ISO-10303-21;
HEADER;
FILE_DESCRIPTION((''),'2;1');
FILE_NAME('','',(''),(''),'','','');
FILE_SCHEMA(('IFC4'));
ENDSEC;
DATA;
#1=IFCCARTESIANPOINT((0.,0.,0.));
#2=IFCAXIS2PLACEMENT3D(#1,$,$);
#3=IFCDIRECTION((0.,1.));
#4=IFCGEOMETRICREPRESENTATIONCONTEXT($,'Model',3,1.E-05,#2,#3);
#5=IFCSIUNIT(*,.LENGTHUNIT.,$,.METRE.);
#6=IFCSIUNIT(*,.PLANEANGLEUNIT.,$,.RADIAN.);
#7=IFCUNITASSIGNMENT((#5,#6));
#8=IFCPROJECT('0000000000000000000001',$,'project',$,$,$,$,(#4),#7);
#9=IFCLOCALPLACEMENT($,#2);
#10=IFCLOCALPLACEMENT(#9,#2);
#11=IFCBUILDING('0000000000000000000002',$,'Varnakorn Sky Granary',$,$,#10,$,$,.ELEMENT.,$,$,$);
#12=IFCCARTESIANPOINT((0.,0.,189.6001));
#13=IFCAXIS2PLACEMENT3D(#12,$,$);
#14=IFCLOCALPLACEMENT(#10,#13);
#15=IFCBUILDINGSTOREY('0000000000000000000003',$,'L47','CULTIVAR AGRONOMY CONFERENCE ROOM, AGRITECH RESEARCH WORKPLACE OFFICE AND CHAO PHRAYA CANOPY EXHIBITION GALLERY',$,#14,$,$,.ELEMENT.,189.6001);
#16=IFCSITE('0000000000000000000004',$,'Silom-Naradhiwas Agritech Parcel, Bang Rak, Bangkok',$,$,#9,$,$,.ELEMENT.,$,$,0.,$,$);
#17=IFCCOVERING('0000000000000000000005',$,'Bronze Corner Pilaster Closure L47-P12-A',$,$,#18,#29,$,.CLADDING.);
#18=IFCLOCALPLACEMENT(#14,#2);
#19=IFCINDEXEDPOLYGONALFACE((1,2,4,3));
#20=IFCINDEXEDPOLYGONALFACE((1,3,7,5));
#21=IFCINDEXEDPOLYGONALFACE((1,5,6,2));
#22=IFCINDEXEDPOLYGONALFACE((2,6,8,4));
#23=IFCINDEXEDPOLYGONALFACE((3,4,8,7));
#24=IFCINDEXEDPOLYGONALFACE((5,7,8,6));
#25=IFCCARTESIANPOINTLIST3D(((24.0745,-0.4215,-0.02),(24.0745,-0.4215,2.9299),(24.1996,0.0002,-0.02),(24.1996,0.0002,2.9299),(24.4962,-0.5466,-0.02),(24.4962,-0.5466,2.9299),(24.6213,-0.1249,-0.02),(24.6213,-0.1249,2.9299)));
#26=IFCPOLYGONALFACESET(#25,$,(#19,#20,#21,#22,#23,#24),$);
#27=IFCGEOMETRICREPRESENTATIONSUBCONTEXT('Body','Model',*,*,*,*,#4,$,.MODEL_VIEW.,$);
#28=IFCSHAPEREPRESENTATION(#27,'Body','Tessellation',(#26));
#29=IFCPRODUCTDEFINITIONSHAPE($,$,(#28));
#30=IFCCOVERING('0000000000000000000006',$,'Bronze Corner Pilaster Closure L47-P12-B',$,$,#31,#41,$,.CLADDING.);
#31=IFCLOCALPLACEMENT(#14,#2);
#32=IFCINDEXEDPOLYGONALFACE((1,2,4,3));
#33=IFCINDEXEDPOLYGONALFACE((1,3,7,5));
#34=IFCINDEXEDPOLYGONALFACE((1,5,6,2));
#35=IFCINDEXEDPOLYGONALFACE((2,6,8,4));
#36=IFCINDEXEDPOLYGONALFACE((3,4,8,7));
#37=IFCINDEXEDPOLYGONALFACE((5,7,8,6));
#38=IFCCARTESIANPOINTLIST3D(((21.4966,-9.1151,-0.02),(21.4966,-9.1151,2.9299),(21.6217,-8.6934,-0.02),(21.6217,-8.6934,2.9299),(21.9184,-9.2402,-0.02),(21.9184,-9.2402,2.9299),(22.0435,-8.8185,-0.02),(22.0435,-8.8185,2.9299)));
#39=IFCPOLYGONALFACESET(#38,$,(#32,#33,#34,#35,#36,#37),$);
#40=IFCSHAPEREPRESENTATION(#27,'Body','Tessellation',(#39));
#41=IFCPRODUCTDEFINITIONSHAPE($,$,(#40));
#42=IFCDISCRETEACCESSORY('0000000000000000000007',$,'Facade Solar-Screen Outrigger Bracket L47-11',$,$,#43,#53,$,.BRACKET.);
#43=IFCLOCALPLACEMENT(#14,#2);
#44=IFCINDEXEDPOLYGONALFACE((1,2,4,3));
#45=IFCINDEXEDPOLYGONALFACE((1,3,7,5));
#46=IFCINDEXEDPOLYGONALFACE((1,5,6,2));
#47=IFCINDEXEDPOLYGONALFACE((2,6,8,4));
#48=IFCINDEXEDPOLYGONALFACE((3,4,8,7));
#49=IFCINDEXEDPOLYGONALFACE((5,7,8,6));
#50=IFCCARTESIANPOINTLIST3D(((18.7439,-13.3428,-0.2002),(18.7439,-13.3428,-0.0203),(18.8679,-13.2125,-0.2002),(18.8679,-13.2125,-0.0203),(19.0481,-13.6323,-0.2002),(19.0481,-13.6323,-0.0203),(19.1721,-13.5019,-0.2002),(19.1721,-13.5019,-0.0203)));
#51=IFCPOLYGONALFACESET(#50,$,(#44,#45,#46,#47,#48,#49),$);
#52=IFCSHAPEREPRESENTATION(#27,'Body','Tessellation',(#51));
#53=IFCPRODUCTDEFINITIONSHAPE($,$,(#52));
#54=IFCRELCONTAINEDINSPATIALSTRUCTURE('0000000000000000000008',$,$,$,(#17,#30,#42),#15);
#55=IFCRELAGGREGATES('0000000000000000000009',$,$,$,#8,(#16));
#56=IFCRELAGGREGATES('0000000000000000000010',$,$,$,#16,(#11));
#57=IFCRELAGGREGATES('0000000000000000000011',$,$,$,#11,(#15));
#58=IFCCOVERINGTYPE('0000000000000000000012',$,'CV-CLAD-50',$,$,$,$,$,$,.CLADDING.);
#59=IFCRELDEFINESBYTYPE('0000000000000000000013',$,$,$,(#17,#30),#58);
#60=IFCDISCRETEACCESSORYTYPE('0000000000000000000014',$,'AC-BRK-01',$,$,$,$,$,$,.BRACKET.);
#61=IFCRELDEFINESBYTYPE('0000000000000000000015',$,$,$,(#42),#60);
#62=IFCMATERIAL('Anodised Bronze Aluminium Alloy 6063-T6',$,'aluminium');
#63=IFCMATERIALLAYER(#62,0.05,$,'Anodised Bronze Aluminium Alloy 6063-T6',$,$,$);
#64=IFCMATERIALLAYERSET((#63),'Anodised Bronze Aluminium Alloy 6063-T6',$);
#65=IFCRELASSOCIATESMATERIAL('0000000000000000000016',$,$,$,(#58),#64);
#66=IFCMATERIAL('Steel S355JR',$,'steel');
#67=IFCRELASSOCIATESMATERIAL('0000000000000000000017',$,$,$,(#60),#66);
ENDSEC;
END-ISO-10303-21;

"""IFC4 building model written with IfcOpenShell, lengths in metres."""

from ifc_helpers import new_model, si_unit, direction, frame, origin, origin_2d, place, context, subcontext, project, spatial, rectangle, extrude, source, transform, mapped, material, layer, layer_set, type_object, type_shapes, element, save


model = new_model("IFC4")

# Units and contexts
model_context = context("Model", 3, precision=1e-05, world=origin(), true_north=direction((0.0, 1.0)))
body_context = subcontext(model_context, "Body", "Model", "MODEL_VIEW")
ifc_project = project(units=[si_unit("LENGTHUNIT", "METRE"), si_unit("PLANEANGLEUNIT", "RADIAN")], contexts=[model_context])

# Site, building, storey
site_placement = place(None, origin())
site = spatial("IfcSite", under=ifc_project, at=site_placement, Name="Silom-Naradhiwas Agritech Parcel, Bang Rak, Bangkok", CompositionType="ELEMENT", RefElevation=0.0)
building_placement = place(site_placement, origin())
building = spatial("IfcBuilding", under=site, at=building_placement, Name="Varnakorn Sky Granary", CompositionType="ELEMENT")
storey_placement = place(building_placement, frame((0.0, 0.0, 189.6001)))
storey = spatial("IfcBuildingStorey", under=building, at=storey_placement, Name="L47", Description="CULTIVAR AGRONOMY CONFERENCE ROOM, AGRITECH RESEARCH WORKPLACE OFFICE AND CHAO PHRAYA CANOPY EXHIBITION GALLERY", CompositionType="ELEMENT", Elevation=189.6001)

# Shared definitions
ifc_material_1 = material(Name="Steel S355JR", Category="steel")

# Shared definitions
ifc_material_2 = material(Name="Anodised Bronze Aluminium Alloy 6063-T6", Category="aluminium")

# Coverings
ifc_layer_1 = layer(ifc_material_2, 0.05, Name="Anodised Bronze Aluminium Alloy 6063-T6")
ifc_layer_set_1 = layer_set([ifc_layer_1], Name="Anodised Bronze Aluminium Alloy 6063-T6")
covering_type = type_object("IfcCoveringType", Name="CV-CLAD-50", PredefinedType="CLADDING", material=ifc_layer_set_1)
shared_shape_1 = source(origin(), body_context, "Body", "SweptSolid", [
    extrude(rectangle(XDim=0.4399, YDim=0.4399, at=origin_2d()), origin(), (0.0, 0.0, 1.0), 2.95),
])
type_shapes(covering_type, [shared_shape_1])
for number, where, z_axis, x_axis, name in (
    (1, (24.3479, -0.2732, -0.02), (0.0, 0.0, 1.0), (-0.28435, -0.958721, 0.0), "Bronze Corner Pilaster Closure L47-P12-A"),
    (2, (21.77, -8.9668, -0.02), (0.0, 0.0, 1.0), (-0.28435, -0.958721, 0.0), "Bronze Corner Pilaster Closure L47-P12-B"),
):
    element("IfcCovering", number, at=place(storey_placement, frame(where, z_axis=z_axis, x_axis=x_axis)), inside=storey, type_object=covering_type, Name=name, PredefinedType="CLADDING", context=body_context, shape_type="MappedRepresentation", body=[
        mapped(shared_shape_1, transform((0.0, 0.0, 0.0), x_axis=(1.0, 0.0, 0.0), y_axis=(0.0, 1.0, 0.0), z_axis=(0.0, 0.0, 1.0), scale=1.0)),
    ])

# Discrete accessory
discrete_accessory_type = type_object("IfcDiscreteAccessoryType", Name="AC-BRK-01", PredefinedType="BRACKET", material=ifc_material_1)
shared_shape_2 = source(origin(), body_context, "Body", "SweptSolid", [
    extrude(rectangle(XDim=0.1799, YDim=0.4199, at=origin_2d()), origin(), (0.0, 0.0, 1.0), 0.1799),
])
type_shapes(discrete_accessory_type, [shared_shape_2])
discrete_accessory_placement = place(storey_placement, frame((18.958, -13.4224, -0.2002), z_axis=(0.0, 0.0, 1.0), x_axis=(0.689278, 0.724497, 0.0)))
element("IfcDiscreteAccessory", 3, at=discrete_accessory_placement, inside=storey, type_object=discrete_accessory_type, Name="Facade Solar-Screen Outrigger Bracket L47-11", PredefinedType="BRACKET", context=body_context, shape_type="MappedRepresentation", body=[
    mapped(shared_shape_2, transform((0.0, 0.0, 0.0), x_axis=(1.0, 0.0, 0.0), y_axis=(0.0, 1.0, 0.0), z_axis=(0.0, 0.0, 1.0), scale=1.0)),
])

save(model, "model.ifc")
